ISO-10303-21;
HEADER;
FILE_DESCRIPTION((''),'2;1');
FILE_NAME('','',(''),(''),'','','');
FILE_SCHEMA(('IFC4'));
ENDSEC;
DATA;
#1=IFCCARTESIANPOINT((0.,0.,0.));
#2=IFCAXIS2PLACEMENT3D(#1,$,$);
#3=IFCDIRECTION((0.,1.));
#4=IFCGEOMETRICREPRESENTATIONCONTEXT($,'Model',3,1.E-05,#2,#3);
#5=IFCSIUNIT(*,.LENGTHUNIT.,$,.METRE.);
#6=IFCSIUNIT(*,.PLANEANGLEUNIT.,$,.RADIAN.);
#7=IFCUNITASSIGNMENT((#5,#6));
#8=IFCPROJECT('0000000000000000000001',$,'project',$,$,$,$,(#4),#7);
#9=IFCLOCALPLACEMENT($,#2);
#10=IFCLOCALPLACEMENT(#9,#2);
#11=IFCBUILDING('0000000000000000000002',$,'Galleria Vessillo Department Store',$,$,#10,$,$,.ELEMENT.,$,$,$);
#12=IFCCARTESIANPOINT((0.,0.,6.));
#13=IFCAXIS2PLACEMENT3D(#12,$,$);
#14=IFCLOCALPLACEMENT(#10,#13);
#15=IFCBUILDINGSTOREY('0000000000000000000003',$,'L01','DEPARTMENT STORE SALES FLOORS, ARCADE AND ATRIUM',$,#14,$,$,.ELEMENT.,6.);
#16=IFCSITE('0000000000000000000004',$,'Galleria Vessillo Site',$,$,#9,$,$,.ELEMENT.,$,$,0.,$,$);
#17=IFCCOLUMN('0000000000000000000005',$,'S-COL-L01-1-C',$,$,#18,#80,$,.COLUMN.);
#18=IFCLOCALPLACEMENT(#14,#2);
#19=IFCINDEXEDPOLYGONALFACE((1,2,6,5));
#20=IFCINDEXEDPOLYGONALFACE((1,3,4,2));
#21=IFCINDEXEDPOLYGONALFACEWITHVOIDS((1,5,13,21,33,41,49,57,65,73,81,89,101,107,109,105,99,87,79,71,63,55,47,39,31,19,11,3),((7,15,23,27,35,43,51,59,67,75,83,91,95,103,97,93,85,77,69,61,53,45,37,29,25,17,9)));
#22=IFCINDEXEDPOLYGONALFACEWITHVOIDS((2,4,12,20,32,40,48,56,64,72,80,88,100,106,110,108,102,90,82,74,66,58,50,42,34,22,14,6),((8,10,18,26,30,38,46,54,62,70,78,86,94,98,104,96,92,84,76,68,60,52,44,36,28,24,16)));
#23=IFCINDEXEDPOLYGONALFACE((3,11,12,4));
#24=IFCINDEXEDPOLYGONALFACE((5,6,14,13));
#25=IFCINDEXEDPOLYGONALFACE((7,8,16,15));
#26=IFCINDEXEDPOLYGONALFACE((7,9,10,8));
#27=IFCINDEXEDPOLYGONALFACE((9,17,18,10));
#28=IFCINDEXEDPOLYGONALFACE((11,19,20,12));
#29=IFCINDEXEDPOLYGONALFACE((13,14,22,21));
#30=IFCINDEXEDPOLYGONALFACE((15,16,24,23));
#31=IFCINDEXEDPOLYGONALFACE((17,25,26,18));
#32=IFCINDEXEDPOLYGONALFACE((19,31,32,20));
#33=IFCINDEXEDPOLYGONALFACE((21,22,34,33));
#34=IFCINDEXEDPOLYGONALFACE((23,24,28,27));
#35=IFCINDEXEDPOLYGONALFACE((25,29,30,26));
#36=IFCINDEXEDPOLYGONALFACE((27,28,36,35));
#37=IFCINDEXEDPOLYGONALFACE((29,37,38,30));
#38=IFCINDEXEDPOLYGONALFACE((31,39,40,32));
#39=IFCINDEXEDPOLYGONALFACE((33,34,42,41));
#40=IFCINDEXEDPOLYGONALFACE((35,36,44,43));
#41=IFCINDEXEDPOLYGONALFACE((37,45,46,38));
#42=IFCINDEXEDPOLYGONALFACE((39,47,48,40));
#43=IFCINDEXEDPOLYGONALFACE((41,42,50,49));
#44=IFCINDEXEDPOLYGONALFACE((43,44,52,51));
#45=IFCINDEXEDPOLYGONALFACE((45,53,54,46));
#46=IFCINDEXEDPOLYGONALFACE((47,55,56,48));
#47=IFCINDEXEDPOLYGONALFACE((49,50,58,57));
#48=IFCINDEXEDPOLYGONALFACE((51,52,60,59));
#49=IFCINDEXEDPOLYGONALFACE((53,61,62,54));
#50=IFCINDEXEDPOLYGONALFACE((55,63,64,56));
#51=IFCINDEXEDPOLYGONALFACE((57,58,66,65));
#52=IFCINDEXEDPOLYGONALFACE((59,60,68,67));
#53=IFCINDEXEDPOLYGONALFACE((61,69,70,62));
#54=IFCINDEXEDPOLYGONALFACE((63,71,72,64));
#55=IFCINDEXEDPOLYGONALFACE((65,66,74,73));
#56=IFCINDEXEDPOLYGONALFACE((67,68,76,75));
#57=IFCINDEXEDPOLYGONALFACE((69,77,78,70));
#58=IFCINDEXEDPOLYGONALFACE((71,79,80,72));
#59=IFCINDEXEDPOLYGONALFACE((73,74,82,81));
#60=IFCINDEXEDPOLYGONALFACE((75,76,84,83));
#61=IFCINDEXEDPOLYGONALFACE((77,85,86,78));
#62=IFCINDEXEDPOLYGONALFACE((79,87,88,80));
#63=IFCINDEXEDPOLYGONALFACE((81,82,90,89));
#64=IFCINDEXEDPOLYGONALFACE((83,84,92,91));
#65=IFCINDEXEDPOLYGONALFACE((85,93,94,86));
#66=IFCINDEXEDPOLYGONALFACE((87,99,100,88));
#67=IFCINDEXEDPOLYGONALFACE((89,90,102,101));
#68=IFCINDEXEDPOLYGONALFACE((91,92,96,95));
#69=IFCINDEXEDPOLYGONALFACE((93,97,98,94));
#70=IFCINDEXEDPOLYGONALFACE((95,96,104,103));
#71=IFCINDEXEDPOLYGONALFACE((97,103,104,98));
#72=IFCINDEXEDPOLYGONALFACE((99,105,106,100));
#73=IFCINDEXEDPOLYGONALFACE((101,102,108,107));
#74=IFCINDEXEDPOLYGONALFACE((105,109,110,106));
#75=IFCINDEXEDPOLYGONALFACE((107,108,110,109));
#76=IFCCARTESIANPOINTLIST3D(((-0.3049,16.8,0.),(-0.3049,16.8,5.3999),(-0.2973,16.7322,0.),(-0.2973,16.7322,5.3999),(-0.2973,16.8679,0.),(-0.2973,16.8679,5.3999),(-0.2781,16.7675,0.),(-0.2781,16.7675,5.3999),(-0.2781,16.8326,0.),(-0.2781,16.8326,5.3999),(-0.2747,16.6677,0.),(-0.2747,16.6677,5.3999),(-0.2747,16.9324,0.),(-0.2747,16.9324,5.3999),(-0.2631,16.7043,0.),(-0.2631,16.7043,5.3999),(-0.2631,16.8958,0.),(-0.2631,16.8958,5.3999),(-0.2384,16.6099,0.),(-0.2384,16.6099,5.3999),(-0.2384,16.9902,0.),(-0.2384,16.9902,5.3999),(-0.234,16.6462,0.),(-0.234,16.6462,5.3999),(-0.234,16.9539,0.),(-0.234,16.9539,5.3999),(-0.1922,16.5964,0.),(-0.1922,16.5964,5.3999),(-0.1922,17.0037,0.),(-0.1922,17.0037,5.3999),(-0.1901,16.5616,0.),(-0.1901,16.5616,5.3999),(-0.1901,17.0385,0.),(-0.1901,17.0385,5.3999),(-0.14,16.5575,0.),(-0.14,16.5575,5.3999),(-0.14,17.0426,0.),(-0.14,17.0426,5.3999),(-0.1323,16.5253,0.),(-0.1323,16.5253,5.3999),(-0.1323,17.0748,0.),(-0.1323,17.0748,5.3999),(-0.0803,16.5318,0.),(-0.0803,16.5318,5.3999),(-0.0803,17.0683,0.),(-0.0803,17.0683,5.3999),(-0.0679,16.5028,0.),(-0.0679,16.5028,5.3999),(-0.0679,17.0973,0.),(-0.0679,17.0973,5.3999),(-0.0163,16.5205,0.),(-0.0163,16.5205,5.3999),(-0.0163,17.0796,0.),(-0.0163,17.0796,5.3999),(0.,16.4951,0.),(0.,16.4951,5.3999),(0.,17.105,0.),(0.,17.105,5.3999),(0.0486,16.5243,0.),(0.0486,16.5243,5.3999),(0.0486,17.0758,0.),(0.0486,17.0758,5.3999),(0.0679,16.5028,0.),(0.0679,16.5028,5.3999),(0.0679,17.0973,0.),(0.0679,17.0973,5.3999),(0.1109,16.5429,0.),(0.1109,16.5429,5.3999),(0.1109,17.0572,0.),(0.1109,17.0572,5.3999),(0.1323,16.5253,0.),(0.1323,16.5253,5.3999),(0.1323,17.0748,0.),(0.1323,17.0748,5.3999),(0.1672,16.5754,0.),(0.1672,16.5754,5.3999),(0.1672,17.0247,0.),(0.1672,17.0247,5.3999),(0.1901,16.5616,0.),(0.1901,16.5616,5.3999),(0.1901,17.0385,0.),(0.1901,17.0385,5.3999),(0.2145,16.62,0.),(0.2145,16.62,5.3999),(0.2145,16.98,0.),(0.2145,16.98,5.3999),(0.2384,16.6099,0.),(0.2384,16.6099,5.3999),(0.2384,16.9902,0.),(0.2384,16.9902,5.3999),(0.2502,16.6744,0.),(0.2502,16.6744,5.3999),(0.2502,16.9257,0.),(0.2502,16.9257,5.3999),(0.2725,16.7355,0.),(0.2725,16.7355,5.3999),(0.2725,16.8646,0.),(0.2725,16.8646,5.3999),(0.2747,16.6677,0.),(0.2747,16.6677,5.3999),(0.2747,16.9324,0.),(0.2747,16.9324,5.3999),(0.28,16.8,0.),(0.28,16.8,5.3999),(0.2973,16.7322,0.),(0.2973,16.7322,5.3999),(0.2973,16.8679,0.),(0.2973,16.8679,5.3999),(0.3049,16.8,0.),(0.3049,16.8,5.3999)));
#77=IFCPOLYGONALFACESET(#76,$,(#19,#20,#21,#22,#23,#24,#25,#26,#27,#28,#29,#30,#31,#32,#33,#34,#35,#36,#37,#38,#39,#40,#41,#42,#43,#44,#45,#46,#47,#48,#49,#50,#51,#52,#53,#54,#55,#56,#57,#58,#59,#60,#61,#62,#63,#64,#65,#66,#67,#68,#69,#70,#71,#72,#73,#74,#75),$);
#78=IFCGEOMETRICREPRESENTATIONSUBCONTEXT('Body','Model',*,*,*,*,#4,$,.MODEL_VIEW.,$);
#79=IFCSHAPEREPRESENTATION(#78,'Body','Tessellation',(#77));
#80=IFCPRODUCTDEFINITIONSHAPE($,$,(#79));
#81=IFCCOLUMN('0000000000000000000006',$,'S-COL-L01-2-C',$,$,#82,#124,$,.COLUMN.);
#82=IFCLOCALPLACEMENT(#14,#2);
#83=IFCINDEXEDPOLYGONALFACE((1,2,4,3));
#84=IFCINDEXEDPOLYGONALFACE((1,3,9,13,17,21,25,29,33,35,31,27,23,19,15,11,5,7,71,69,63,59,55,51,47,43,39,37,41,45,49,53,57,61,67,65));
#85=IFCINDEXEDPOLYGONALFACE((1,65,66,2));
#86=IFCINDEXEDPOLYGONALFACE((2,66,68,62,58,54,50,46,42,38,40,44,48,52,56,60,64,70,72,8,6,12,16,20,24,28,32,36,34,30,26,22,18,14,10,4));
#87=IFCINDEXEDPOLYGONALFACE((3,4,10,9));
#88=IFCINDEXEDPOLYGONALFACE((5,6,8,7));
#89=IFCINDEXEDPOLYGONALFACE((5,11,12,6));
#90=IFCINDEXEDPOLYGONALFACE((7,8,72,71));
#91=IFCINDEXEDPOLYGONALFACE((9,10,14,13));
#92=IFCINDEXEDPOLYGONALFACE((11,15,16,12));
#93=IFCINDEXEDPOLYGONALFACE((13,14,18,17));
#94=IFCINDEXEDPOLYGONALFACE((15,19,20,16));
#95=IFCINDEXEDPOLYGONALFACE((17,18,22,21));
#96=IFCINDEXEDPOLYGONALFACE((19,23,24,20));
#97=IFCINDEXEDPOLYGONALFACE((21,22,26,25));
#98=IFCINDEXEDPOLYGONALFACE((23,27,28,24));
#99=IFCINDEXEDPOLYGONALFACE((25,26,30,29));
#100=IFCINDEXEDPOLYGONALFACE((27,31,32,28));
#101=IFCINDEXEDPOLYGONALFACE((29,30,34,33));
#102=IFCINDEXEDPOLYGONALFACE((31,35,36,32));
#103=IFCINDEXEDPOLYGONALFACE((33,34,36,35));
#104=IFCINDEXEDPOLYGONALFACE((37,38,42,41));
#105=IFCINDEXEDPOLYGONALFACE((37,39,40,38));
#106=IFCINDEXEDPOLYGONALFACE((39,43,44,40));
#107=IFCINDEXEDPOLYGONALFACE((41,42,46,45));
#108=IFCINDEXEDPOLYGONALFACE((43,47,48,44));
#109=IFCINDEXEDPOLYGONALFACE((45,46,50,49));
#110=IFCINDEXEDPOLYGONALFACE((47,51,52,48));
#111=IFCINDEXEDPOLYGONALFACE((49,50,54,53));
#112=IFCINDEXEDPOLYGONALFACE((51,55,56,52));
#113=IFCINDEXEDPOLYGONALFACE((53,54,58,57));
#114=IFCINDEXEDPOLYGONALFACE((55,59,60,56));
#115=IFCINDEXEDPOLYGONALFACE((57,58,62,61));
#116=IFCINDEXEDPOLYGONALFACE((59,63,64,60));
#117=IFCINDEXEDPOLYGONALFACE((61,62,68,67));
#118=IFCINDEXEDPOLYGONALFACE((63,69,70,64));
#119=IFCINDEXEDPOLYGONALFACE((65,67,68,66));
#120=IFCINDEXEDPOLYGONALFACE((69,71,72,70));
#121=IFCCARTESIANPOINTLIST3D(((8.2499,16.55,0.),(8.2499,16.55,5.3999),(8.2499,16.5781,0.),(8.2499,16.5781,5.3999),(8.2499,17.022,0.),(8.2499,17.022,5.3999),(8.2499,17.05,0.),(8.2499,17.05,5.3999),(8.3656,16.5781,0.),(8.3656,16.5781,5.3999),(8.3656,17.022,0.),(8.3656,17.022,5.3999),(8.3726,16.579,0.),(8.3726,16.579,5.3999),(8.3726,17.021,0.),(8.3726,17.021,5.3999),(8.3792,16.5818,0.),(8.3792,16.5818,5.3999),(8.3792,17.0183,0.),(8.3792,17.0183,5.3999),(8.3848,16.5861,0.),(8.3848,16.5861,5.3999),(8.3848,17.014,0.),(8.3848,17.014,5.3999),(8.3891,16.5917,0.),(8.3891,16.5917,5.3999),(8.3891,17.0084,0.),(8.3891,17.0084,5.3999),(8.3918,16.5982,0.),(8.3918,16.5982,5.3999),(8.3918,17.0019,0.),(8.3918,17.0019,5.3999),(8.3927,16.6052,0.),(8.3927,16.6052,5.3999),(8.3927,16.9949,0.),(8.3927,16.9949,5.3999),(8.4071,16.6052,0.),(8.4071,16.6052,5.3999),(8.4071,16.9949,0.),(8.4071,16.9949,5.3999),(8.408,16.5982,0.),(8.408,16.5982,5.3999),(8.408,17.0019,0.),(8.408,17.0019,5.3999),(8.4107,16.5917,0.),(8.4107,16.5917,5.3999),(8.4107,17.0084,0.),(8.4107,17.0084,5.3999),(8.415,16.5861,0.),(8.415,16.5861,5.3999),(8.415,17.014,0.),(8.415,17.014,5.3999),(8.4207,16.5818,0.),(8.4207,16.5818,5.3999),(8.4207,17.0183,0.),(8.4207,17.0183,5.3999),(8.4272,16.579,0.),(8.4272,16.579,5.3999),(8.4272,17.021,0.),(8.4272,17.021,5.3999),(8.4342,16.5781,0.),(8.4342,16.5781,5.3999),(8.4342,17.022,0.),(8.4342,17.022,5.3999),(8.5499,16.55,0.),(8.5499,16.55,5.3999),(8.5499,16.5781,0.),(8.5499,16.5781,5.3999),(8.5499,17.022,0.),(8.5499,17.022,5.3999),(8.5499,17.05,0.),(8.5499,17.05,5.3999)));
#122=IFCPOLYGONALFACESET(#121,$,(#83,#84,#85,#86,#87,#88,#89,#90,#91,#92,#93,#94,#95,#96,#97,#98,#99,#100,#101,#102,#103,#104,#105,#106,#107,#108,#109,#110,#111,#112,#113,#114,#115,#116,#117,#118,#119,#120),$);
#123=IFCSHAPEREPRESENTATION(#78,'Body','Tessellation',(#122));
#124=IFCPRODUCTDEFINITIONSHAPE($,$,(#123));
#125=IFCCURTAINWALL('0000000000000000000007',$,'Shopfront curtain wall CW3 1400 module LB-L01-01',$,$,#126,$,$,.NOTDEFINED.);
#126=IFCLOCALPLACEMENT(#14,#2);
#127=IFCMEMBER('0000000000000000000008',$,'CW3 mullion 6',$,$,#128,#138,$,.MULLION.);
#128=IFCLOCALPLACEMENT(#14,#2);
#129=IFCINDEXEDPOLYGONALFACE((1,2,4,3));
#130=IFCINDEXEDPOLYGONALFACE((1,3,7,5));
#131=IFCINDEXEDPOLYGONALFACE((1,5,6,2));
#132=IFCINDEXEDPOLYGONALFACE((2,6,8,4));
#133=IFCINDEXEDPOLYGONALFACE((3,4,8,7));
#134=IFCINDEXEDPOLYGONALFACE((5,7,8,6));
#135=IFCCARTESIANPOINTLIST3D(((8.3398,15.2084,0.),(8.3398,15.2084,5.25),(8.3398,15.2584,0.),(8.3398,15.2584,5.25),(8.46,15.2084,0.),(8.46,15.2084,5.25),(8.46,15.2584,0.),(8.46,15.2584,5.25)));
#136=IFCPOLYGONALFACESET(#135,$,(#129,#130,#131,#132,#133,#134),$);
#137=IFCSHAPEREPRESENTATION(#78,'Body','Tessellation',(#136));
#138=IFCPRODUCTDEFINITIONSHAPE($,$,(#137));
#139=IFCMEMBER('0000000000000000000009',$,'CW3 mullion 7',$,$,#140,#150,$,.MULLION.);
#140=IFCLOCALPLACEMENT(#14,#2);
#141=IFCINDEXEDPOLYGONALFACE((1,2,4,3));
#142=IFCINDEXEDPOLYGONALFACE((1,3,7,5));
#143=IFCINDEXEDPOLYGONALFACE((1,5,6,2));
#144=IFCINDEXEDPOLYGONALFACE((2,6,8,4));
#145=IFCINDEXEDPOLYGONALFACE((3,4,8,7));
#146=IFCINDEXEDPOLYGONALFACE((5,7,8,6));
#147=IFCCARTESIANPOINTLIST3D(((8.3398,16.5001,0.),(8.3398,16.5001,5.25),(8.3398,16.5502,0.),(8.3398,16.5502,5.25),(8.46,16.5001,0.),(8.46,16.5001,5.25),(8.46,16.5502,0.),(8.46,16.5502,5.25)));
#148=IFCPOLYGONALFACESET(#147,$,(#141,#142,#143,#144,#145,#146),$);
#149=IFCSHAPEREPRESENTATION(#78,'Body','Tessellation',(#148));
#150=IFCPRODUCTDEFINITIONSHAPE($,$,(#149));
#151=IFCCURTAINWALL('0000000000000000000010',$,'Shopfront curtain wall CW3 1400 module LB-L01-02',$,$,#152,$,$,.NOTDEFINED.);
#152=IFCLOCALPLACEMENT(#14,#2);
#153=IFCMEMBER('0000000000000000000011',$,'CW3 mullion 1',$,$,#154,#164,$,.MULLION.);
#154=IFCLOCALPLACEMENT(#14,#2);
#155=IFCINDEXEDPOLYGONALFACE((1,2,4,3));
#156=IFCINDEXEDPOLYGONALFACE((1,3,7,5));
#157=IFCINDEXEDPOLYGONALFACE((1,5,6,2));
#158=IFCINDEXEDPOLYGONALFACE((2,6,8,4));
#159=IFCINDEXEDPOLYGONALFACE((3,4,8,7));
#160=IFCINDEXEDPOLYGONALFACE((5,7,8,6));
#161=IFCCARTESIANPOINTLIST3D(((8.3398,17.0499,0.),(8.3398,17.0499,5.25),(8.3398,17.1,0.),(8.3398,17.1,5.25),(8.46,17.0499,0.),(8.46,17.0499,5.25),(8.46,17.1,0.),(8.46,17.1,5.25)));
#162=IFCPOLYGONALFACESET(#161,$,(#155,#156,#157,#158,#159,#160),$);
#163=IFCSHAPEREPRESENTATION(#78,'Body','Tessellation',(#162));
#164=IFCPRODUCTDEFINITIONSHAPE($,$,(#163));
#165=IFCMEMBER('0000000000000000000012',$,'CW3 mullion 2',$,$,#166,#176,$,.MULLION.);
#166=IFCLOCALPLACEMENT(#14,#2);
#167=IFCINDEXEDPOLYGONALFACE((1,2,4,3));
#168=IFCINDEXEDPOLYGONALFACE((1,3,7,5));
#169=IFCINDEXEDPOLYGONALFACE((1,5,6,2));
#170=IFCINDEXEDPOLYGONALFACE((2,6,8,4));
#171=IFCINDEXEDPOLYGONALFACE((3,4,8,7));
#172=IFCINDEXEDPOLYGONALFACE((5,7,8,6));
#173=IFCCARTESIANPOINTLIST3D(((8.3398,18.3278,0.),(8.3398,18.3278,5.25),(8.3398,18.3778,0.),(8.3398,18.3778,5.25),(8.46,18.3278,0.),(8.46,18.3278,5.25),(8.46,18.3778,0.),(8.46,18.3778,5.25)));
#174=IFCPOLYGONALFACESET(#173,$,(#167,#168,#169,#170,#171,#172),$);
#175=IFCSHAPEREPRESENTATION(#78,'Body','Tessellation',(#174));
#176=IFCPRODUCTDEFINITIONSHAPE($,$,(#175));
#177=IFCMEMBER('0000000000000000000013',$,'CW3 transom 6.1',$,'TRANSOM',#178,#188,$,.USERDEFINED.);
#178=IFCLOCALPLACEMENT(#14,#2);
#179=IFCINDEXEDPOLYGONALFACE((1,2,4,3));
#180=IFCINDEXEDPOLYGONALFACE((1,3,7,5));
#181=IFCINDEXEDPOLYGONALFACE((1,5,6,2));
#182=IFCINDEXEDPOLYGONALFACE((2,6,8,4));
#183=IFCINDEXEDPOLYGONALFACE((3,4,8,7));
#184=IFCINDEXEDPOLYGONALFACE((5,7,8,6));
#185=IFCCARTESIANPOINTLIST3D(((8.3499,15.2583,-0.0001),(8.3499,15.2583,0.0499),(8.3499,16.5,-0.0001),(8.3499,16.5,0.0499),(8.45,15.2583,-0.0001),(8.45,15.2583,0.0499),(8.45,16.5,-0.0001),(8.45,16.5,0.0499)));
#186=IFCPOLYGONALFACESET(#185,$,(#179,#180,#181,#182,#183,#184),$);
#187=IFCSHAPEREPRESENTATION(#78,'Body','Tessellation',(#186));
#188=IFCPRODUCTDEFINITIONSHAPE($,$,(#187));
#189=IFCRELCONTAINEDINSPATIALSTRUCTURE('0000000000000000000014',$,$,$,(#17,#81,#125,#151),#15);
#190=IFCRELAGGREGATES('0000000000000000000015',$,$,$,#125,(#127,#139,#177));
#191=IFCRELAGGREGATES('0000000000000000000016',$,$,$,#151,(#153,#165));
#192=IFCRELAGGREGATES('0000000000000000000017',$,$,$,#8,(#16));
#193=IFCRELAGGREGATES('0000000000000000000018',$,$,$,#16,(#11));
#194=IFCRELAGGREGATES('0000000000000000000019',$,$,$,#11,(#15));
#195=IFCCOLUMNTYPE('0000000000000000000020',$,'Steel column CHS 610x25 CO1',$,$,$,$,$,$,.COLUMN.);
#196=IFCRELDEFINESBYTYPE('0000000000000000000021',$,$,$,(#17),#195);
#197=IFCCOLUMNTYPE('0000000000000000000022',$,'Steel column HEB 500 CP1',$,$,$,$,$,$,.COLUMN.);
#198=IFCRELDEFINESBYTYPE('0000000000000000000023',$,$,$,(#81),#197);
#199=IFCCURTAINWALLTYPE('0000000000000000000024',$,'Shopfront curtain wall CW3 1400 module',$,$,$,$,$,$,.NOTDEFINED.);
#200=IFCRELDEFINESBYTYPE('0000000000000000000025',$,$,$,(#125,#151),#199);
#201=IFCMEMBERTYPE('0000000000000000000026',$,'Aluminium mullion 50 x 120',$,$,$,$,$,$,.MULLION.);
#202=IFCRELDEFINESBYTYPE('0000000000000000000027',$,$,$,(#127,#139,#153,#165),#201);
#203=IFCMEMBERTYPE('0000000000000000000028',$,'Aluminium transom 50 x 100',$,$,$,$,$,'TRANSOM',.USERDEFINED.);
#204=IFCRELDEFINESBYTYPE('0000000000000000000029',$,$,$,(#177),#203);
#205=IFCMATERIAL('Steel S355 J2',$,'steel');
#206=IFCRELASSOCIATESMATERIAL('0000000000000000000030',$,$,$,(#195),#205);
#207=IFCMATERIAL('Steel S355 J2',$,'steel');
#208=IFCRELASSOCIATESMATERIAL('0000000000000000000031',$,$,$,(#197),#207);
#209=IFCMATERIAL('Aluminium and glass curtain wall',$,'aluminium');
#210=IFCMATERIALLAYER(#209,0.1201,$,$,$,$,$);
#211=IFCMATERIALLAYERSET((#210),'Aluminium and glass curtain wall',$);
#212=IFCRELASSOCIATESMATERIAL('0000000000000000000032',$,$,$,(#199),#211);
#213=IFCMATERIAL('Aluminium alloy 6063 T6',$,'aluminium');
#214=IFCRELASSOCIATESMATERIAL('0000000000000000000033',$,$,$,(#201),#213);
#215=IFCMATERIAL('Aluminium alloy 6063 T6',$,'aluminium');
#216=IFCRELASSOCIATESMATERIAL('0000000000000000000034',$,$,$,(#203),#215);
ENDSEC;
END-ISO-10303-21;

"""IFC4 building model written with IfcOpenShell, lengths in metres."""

from ifc_helpers import new_model, si_unit, direction, frame, origin, origin_2d, place, context, subcontext, project, spatial, rectangle, hollow_circle, i_section, extrude, material, layer, layer_set, material_profile, profile_set, type_object, element, aggregate, save


model = new_model("IFC4")

# Units and contexts
model_context = context("Model", 3, precision=1e-05, world=origin(), true_north=direction((0.0, 1.0)))
body_context = subcontext(model_context, "Body", "Model", "MODEL_VIEW")
ifc_project = project(units=[si_unit("LENGTHUNIT", "METRE"), si_unit("PLANEANGLEUNIT", "RADIAN")], contexts=[model_context])

# Site, building, storey
site_placement = place(None, origin())
site = spatial("IfcSite", under=ifc_project, at=site_placement, Name="Galleria Vessillo Site", CompositionType="ELEMENT", RefElevation=0.0)
building_placement = place(site_placement, origin())
building = spatial("IfcBuilding", under=site, at=building_placement, Name="Galleria Vessillo Department Store", CompositionType="ELEMENT")
storey_placement = place(building_placement, frame((0.0, 0.0, 6.0)))
storey = spatial("IfcBuildingStorey", under=building, at=storey_placement, Name="L01", Description="DEPARTMENT STORE SALES FLOORS, ARCADE AND ATRIUM", CompositionType="ELEMENT", Elevation=6.0)

# Columns
ifc_material_1 = material(Name="Steel S355 J2", Category="steel")
ifc_material_profile_1 = material_profile(ifc_material_1, hollow_circle(Radius=0.3049, WallThickness=0.0249, at=origin_2d()), Name="CHS 610x25")
ifc_profile_set_1 = profile_set([ifc_material_profile_1], Name="Steel S355 J2")
column_type_1 = type_object("IfcColumnType", Name="Steel column CHS 610x25 CO1", PredefinedType="COLUMN", material=ifc_profile_set_1)
column_1_placement = place(storey_placement, frame((0.0, 16.8, 0.0), z_axis=(0.0, 0.0, 1.0), x_axis=(1.0, 0.0, 0.0)))
element("IfcColumn", 1, at=column_1_placement, inside=storey, type_object=column_type_1, Name="S-COL-L01-1-C", PredefinedType="COLUMN", context=body_context, shape_type="SweptSolid", body=[
    extrude(hollow_circle(Radius=0.3049, WallThickness=0.0249, at=origin_2d()), origin(), (0.0, 0.0, 1.0), 5.3999),
])
ifc_material_2 = material(Name="Steel S355 J2", Category="steel")
ifc_material_profile_2 = material_profile(ifc_material_2, i_section(OverallWidth=0.3, OverallDepth=0.5, WebThickness=0.0144, FlangeThickness=0.0281, FilletRadius=0.0271, at=origin_2d()), Name="HEB 500")
ifc_profile_set_2 = profile_set([ifc_material_profile_2], Name="Steel S355 J2")
column_type_2 = type_object("IfcColumnType", Name="Steel column HEB 500 CP1", PredefinedType="COLUMN", material=ifc_profile_set_2)
column_2_placement = place(storey_placement, frame((8.3999, 16.8, 0.0), z_axis=(0.0, 0.0, 1.0), x_axis=(1.0, 0.0, 0.0)))
element("IfcColumn", 2, at=column_2_placement, inside=storey, type_object=column_type_2, Name="S-COL-L01-2-C", PredefinedType="COLUMN", context=body_context, shape_type="SweptSolid", body=[
    extrude(i_section(OverallWidth=0.3, OverallDepth=0.5, WebThickness=0.0144, FlangeThickness=0.0281, FilletRadius=0.0271, at=origin_2d()), origin(), (0.0, 0.0, 1.0), 5.3999),
])

# Curtain walls, members
ifc_material_3 = material(Name="Aluminium and glass curtain wall", Category="aluminium")
ifc_layer_1 = layer(ifc_material_3, 0.1201)
ifc_layer_set_1 = layer_set([ifc_layer_1], Name="Aluminium and glass curtain wall")
curtain_wall_type = type_object("IfcCurtainWallType", Name="Shopfront curtain wall CW3 1400 module", PredefinedType="NOTDEFINED", material=ifc_layer_set_1)
curtain_wall_1_placement = place(storey_placement, origin())
curtain_wall_1 = element("IfcCurtainWall", 3, at=curtain_wall_1_placement, inside=storey, type_object=curtain_wall_type, Name="Shopfront curtain wall CW3 1400 module LB-L01-01", PredefinedType="NOTDEFINED")
ifc_material_4 = material(Name="Aluminium alloy 6063 T6", Category="aluminium")
ifc_material_profile_3 = material_profile(ifc_material_4, rectangle(XDim=0.1201, YDim=0.05, at=origin_2d()), Name="AL 50x120")
ifc_profile_set_3 = profile_set([ifc_material_profile_3], Name="Aluminium alloy 6063 T6")
member_type_1 = type_object("IfcMemberType", Name="Aluminium mullion 50 x 120", PredefinedType="MULLION", material=ifc_profile_set_3)
member_1_placement = place(storey_placement, frame((8.3999, 15.2334, 0.0), z_axis=(0.0, 0.0, 1.0), x_axis=(-1.0, 0.0, 0.0)))
member_1 = element("IfcMember", 4, at=member_1_placement, type_object=member_type_1, Name="CW3 mullion 6", PredefinedType="MULLION", context=body_context, shape_type="SweptSolid", body=[
    extrude(rectangle(XDim=0.1201, YDim=0.05, at=origin_2d()), origin(), (0.0, 0.0, 1.0), 5.25),
])
member_2_placement = place(storey_placement, frame((8.3999, 16.5251, 0.0), z_axis=(0.0, 0.0, 1.0), x_axis=(-1.0, 0.0, 0.0)))
member_2 = element("IfcMember", 5, at=member_2_placement, type_object=member_type_1, Name="CW3 mullion 7", PredefinedType="MULLION", context=body_context, shape_type="SweptSolid", body=[
    extrude(rectangle(XDim=0.1201, YDim=0.05, at=origin_2d()), origin(), (0.0, 0.0, 1.0), 5.25),
])
curtain_wall_2_placement = place(storey_placement, origin())
curtain_wall_2 = element("IfcCurtainWall", 6, at=curtain_wall_2_placement, inside=storey, type_object=curtain_wall_type, Name="Shopfront curtain wall CW3 1400 module LB-L01-02", PredefinedType="NOTDEFINED")
member_3_placement = place(storey_placement, frame((8.3999, 17.075, 0.0), z_axis=(0.0, 0.0, 1.0), x_axis=(-1.0, 0.0, 0.0)))
member_3 = element("IfcMember", 7, at=member_3_placement, type_object=member_type_1, Name="CW3 mullion 1", PredefinedType="MULLION", context=body_context, shape_type="SweptSolid", body=[
    extrude(rectangle(XDim=0.1201, YDim=0.05, at=origin_2d()), origin(), (0.0, 0.0, 1.0), 5.25),
])
member_4_placement = place(storey_placement, frame((8.3999, 18.3528, 0.0), z_axis=(0.0, 0.0, 1.0), x_axis=(-1.0, 0.0, 0.0)))
member_4 = element("IfcMember", 8, at=member_4_placement, type_object=member_type_1, Name="CW3 mullion 2", PredefinedType="MULLION", context=body_context, shape_type="SweptSolid", body=[
    extrude(rectangle(XDim=0.1201, YDim=0.05, at=origin_2d()), origin(), (0.0, 0.0, 1.0), 5.25),
])

# Member
ifc_material_5 = material(Name="Aluminium alloy 6063 T6", Category="aluminium")
ifc_material_profile_4 = material_profile(ifc_material_5, rectangle(XDim=0.1001, YDim=0.05, at=origin_2d()), Name="AL 50x100")
ifc_profile_set_4 = profile_set([ifc_material_profile_4], Name="Aluminium alloy 6063 T6")
member_type_2 = type_object("IfcMemberType", Name="Aluminium transom 50 x 100", ElementType="TRANSOM", PredefinedType="USERDEFINED", material=ifc_profile_set_4)
member_5_placement = place(storey_placement, frame((8.3999, 15.2583, 0.0249), z_axis=(0.0, 1.0, 0.0), x_axis=(-1.0, 0.0, 0.0)))
member_5 = element("IfcMember", 9, at=member_5_placement, type_object=member_type_2, Name="CW3 transom 6.1", ObjectType="TRANSOM", PredefinedType="USERDEFINED", context=body_context, shape_type="SweptSolid", body=[
    extrude(rectangle(XDim=0.1001, YDim=0.05, at=origin_2d()), origin(), (0.0, 0.0, 1.0), 1.2417),
])

aggregate(curtain_wall_1, [member_1, member_2, member_5])
aggregate(curtain_wall_2, [member_3, member_4])

save(model, "model.ifc")
